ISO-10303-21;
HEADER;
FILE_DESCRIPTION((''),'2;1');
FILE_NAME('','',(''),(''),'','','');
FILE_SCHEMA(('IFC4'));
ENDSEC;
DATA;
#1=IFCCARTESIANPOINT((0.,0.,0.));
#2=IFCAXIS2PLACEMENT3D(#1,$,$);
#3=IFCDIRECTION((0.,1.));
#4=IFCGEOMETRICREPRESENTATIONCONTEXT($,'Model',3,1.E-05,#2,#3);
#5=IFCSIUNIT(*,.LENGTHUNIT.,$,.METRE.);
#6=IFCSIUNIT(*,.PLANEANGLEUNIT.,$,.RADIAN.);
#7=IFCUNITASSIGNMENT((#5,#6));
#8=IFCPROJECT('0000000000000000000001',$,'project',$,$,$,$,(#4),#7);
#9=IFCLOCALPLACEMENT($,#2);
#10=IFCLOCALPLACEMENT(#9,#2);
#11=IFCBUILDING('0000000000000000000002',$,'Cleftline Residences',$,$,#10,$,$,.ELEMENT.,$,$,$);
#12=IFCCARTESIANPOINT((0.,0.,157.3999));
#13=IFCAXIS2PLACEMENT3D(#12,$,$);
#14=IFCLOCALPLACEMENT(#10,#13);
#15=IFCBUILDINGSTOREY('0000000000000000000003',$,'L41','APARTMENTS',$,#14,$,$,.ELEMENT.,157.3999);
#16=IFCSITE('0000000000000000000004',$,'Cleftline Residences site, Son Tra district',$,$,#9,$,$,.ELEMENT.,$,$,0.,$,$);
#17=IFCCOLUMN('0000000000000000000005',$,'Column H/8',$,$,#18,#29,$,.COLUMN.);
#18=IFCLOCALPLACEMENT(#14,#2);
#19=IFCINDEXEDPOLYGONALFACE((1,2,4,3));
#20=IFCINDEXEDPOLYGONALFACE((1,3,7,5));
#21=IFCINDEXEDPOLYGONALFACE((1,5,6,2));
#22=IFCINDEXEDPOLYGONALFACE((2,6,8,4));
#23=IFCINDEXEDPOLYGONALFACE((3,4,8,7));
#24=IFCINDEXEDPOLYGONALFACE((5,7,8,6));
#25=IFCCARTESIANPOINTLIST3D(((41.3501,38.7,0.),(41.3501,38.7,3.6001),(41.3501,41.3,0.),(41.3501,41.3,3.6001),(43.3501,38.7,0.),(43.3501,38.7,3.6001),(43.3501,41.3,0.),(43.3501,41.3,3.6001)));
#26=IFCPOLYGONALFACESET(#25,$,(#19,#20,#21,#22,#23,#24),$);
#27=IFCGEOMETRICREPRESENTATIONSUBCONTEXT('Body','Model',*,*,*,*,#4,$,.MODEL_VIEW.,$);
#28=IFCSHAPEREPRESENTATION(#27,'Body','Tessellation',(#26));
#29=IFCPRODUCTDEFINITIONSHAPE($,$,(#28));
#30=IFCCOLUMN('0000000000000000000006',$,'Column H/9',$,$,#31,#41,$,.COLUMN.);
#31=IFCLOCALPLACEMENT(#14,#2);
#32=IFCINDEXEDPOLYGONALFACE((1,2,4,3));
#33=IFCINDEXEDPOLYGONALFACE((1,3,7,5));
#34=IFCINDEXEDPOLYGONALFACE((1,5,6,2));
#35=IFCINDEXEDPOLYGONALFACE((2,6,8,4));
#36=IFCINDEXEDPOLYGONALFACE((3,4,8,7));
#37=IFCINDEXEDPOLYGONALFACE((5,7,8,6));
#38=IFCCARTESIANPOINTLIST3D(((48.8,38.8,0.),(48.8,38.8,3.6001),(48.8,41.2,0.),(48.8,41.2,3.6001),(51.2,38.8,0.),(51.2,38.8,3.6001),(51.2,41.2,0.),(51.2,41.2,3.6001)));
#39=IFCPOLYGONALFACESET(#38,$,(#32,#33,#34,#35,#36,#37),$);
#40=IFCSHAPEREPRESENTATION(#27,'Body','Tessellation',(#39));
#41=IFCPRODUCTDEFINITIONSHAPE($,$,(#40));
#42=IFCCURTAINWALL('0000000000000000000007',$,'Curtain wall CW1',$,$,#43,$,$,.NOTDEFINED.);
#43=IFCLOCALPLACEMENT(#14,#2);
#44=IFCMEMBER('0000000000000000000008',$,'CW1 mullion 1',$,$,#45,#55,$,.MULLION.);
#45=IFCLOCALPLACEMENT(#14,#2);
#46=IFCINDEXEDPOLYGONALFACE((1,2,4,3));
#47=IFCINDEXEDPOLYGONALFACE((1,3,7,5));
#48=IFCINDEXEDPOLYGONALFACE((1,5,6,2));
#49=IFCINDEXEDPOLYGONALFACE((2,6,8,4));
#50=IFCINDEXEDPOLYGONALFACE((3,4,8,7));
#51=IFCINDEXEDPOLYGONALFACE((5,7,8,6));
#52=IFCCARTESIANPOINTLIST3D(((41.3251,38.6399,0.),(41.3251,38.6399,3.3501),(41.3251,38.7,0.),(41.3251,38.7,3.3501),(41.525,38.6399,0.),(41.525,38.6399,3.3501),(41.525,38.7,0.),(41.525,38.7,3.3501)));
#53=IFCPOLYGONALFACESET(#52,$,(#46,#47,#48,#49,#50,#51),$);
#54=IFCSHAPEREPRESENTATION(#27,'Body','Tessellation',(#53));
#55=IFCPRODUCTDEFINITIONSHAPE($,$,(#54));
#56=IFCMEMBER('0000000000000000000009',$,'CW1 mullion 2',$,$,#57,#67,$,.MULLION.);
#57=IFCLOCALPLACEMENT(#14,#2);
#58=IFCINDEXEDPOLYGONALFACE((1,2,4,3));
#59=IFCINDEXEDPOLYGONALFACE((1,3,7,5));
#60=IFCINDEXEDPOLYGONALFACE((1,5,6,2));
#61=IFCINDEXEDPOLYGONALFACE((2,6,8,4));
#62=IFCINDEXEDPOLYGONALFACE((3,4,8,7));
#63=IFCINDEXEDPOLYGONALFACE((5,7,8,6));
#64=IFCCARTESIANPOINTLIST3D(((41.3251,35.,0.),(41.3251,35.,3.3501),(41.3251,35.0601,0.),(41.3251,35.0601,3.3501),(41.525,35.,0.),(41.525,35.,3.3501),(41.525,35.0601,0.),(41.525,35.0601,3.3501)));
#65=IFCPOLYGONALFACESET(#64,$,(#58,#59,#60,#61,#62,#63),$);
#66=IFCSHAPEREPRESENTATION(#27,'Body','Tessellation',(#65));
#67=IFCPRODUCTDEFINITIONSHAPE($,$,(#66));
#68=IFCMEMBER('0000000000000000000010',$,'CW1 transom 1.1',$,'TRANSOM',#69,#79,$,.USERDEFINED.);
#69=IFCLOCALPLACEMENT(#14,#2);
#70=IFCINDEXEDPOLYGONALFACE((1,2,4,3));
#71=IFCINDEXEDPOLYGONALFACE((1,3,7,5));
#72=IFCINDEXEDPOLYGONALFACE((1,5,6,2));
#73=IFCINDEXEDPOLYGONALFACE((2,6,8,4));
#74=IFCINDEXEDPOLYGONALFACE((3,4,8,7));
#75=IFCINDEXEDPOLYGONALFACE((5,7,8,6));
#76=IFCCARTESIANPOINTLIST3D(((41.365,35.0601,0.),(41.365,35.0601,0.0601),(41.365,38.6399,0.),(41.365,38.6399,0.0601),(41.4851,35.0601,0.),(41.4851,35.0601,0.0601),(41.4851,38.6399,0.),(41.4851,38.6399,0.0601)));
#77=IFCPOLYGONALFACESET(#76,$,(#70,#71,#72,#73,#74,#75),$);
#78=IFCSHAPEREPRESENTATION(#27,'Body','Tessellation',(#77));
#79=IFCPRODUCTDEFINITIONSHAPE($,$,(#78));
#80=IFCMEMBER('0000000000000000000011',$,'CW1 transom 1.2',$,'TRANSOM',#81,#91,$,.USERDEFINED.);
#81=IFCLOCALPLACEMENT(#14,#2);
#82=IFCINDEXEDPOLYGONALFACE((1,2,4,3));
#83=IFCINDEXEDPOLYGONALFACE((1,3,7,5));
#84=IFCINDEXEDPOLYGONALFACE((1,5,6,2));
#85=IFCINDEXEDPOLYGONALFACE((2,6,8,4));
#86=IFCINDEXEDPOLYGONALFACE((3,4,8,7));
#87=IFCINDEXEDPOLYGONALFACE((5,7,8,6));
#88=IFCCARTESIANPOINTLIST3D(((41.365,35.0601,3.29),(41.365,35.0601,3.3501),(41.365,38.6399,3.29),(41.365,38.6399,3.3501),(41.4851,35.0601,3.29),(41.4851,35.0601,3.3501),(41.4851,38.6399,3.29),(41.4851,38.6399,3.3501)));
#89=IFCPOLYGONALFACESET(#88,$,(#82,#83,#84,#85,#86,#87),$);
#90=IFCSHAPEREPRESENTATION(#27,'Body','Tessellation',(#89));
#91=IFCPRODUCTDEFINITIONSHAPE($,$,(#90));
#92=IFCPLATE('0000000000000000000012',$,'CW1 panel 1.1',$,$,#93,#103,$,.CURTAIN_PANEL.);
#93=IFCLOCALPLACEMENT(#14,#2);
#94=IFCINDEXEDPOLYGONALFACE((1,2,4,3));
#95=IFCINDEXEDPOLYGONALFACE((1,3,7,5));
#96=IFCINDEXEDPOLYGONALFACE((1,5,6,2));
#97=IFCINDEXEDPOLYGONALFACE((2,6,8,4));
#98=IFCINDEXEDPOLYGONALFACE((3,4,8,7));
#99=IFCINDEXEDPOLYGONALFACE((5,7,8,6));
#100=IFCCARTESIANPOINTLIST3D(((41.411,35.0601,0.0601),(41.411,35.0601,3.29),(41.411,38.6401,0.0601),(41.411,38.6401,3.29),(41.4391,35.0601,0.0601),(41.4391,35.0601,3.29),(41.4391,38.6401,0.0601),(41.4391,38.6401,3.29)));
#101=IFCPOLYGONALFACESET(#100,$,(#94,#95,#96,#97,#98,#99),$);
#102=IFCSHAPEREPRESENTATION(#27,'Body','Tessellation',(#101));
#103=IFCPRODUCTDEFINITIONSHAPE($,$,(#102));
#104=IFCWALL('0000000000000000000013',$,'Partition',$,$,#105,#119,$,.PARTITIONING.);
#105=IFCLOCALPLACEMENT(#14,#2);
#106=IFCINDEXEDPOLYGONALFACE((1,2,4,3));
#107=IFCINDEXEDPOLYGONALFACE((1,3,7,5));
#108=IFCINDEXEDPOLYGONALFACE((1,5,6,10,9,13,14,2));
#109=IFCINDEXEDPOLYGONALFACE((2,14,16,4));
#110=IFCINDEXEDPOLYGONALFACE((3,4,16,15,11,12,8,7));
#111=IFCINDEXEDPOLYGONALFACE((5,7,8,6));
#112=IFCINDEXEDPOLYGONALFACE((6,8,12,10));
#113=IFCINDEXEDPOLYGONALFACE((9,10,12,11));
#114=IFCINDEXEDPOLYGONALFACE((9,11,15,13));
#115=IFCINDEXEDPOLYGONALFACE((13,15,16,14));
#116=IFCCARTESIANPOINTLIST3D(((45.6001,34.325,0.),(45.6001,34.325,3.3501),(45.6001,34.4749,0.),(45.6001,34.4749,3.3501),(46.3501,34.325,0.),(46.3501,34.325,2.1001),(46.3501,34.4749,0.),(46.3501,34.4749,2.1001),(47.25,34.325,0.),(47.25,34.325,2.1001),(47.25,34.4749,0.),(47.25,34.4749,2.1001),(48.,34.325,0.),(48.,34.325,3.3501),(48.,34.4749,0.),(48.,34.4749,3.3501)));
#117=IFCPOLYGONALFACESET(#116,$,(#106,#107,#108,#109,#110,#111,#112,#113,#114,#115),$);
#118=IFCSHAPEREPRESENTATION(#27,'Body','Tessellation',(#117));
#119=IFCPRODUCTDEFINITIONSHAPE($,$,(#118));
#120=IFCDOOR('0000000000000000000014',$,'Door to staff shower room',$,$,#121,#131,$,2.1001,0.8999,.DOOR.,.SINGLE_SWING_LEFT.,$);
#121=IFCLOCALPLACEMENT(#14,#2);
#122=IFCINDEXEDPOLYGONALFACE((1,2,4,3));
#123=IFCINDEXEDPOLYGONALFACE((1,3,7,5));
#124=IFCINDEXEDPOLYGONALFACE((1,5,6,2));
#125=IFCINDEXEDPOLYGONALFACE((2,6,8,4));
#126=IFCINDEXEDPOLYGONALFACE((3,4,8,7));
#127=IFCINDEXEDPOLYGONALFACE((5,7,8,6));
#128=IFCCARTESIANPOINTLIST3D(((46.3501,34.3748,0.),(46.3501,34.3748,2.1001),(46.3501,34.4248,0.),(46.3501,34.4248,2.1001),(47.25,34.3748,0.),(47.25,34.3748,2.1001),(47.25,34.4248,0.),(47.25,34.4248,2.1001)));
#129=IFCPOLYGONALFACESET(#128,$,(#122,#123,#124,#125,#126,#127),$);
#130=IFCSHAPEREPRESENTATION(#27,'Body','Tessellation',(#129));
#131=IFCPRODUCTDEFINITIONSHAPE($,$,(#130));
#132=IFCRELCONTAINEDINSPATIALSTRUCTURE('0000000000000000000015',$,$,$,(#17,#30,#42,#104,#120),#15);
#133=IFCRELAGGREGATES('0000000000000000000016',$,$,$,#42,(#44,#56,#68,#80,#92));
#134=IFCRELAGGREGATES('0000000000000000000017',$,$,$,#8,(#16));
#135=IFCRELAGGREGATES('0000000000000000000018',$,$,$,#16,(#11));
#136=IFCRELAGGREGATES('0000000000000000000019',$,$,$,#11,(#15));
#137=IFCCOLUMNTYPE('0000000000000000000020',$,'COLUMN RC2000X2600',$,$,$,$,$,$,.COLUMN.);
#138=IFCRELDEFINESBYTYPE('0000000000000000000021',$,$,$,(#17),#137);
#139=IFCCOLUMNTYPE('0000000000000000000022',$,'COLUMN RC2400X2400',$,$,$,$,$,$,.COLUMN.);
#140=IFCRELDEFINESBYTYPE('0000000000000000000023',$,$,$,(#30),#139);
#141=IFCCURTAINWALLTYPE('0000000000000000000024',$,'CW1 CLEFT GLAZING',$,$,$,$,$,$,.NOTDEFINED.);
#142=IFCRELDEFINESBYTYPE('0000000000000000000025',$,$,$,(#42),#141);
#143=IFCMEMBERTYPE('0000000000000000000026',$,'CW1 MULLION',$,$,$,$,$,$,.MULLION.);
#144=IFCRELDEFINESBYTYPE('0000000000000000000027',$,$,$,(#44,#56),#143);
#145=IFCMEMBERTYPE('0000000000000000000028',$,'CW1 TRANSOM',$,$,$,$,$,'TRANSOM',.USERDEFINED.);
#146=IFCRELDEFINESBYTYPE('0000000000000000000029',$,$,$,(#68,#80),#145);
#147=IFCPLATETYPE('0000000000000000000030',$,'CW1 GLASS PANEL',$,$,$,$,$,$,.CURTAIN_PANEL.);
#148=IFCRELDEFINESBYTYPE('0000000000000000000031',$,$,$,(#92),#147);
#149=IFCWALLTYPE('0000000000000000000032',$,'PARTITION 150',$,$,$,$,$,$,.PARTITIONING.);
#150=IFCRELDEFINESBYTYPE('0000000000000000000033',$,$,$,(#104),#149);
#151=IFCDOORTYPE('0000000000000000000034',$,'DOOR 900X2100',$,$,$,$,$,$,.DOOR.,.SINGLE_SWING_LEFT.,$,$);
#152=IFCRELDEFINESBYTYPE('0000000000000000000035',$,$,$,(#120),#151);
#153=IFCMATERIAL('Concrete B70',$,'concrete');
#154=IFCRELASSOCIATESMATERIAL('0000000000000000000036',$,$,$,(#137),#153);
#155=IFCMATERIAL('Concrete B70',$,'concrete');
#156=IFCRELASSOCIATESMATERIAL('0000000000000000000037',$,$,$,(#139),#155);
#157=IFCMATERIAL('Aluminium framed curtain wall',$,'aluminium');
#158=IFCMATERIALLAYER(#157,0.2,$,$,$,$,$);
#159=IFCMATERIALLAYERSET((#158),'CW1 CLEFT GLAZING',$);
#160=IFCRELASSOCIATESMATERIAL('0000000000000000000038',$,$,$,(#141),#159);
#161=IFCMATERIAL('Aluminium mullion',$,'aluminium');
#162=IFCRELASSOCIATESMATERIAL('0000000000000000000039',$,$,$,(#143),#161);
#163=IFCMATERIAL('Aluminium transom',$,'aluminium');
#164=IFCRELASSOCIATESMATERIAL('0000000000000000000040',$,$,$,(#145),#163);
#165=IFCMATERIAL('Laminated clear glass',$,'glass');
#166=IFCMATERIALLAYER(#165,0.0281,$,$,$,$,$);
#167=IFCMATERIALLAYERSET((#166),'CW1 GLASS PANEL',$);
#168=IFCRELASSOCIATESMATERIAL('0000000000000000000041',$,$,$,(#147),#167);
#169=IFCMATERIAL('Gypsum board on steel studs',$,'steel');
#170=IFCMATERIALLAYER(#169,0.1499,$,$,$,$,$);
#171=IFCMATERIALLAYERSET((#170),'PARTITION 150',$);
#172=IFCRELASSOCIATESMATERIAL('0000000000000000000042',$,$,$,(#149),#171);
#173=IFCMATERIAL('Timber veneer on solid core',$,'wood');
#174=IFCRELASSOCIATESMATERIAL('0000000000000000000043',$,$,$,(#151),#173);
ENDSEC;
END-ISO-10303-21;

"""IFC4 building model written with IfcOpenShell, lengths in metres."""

from ifc_helpers import new_model, si_unit, direction, frame, frame_2d, origin, origin_2d, place, context, subcontext, project, spatial, rectangle, extrude, material, layer, layer_set, material_profile, profile_set, type_object, element, fill, aggregate, save


model = new_model("IFC4")

# Units and contexts
model_context = context("Model", 3, precision=1e-05, world=origin(), true_north=direction((0.0, 1.0)))
body_context = subcontext(model_context, "Body", "Model", "MODEL_VIEW")
ifc_project = project(units=[si_unit("LENGTHUNIT", "METRE"), si_unit("PLANEANGLEUNIT", "RADIAN")], contexts=[model_context])

# Site, building, storey
site_placement = place(None, origin())
site = spatial("IfcSite", under=ifc_project, at=site_placement, Name="Cleftline Residences site, Son Tra district", CompositionType="ELEMENT", RefElevation=0.0)
building_placement = place(site_placement, origin())
building = spatial("IfcBuilding", under=site, at=building_placement, Name="Cleftline Residences", CompositionType="ELEMENT")
storey_placement = place(building_placement, frame((0.0, 0.0, 157.3999)))
storey = spatial("IfcBuildingStorey", under=building, at=storey_placement, Name="L41", Description="APARTMENTS", CompositionType="ELEMENT", Elevation=157.3999)

# Columns
ifc_material_1 = material(Name="Concrete B70", Category="concrete")
ifc_material_profile_1 = material_profile(ifc_material_1, rectangle(XDim=2.0, YDim=2.6001, at=origin_2d()))
ifc_profile_set_1 = profile_set([ifc_material_profile_1], Name="Concrete B70")
column_type_1 = type_object("IfcColumnType", Name="COLUMN RC2000X2600", PredefinedType="COLUMN", material=ifc_profile_set_1)
column_1_placement = place(storey_placement, frame((42.3501, 40.0, 0.0), z_axis=(0.0, 0.0, 1.0), x_axis=(1.0, 0.0, 0.0)))
element("IfcColumn", 1, at=column_1_placement, inside=storey, type_object=column_type_1, Name="Column H/8", PredefinedType="COLUMN", context=body_context, shape_type="SweptSolid", body=[
    extrude(rectangle(XDim=2.0, YDim=2.6001, at=origin_2d()), origin(), (0.0, 0.0, 1.0), 3.6001),
])
ifc_material_2 = material(Name="Concrete B70", Category="concrete")
ifc_material_profile_2 = material_profile(ifc_material_2, rectangle(XDim=2.3999, YDim=2.3999, at=origin_2d()))
ifc_profile_set_2 = profile_set([ifc_material_profile_2], Name="Concrete B70")
column_type_2 = type_object("IfcColumnType", Name="COLUMN RC2400X2400", PredefinedType="COLUMN", material=ifc_profile_set_2)
column_2_placement = place(storey_placement, frame((50.0, 40.0, 0.0), z_axis=(0.0, 0.0, 1.0), x_axis=(1.0, 0.0, 0.0)))
element("IfcColumn", 2, at=column_2_placement, inside=storey, type_object=column_type_2, Name="Column H/9", PredefinedType="COLUMN", context=body_context, shape_type="SweptSolid", body=[
    extrude(rectangle(XDim=2.3999, YDim=2.3999, at=origin_2d()), origin(), (0.0, 0.0, 1.0), 3.6001),
])

# Curtain wall, members, plate
ifc_material_3 = material(Name="Aluminium framed curtain wall", Category="aluminium")
ifc_layer_1 = layer(ifc_material_3, 0.2)
ifc_layer_set_1 = layer_set([ifc_layer_1], Name="CW1 CLEFT GLAZING")
curtain_wall_type = type_object("IfcCurtainWallType", Name="CW1 CLEFT GLAZING", PredefinedType="NOTDEFINED", material=ifc_layer_set_1)
curtain_wall_placement = place(storey_placement, origin())
curtain_wall = element("IfcCurtainWall", 3, at=curtain_wall_placement, inside=storey, type_object=curtain_wall_type, Name="Curtain wall CW1", PredefinedType="NOTDEFINED")
ifc_material_4 = material(Name="Aluminium mullion", Category="aluminium")
ifc_material_profile_3 = material_profile(ifc_material_4, rectangle(XDim=0.2, YDim=0.0601, at=origin_2d()))
ifc_profile_set_3 = profile_set([ifc_material_profile_3], Name="Aluminium mullion")
member_type_1 = type_object("IfcMemberType", Name="CW1 MULLION", PredefinedType="MULLION", material=ifc_profile_set_3)
member_1_placement = place(storey_placement, frame((41.425, 38.6699, 0.0), z_axis=(0.0, 0.0, 1.0), x_axis=(1.0, 0.0, 0.0)))
member_1 = element("IfcMember", 4, at=member_1_placement, type_object=member_type_1, Name="CW1 mullion 1", PredefinedType="MULLION", context=body_context, shape_type="SweptSolid", body=[
    extrude(rectangle(XDim=0.2, YDim=0.0601, at=origin_2d()), origin(), (0.0, 0.0, 1.0), 3.3501),
])
member_2_placement = place(storey_placement, frame((41.425, 35.03, 0.0), z_axis=(0.0, 0.0, 1.0), x_axis=(1.0, 0.0, 0.0)))
member_2 = element("IfcMember", 5, at=member_2_placement, type_object=member_type_1, Name="CW1 mullion 2", PredefinedType="MULLION", context=body_context, shape_type="SweptSolid", body=[
    extrude(rectangle(XDim=0.2, YDim=0.0601, at=origin_2d()), origin(), (0.0, 0.0, 1.0), 3.3501),
])
ifc_material_5 = material(Name="Aluminium transom", Category="aluminium")
ifc_material_profile_4 = material_profile(ifc_material_5, rectangle(XDim=0.1201, YDim=0.0601, at=origin_2d()))
ifc_profile_set_4 = profile_set([ifc_material_profile_4], Name="Aluminium transom")
member_type_2 = type_object("IfcMemberType", Name="CW1 TRANSOM", ElementType="TRANSOM", PredefinedType="USERDEFINED", material=ifc_profile_set_4)
member_3_placement = place(storey_placement, frame((41.425, 38.6399, 0.03), z_axis=(0.0, -1.0, 0.0), x_axis=(1.0, 0.0, 0.0)))
member_3 = element("IfcMember", 6, at=member_3_placement, type_object=member_type_2, Name="CW1 transom 1.1", ObjectType="TRANSOM", PredefinedType="USERDEFINED", context=body_context, shape_type="SweptSolid", body=[
    extrude(rectangle(XDim=0.1201, YDim=0.0601, at=origin_2d()), origin(), (0.0, 0.0, 1.0), 3.5798),
])
member_4_placement = place(storey_placement, frame((41.425, 38.6399, 3.3201), z_axis=(0.0, -1.0, 0.0), x_axis=(1.0, 0.0, 0.0)))
member_4 = element("IfcMember", 7, at=member_4_placement, type_object=member_type_2, Name="CW1 transom 1.2", ObjectType="TRANSOM", PredefinedType="USERDEFINED", context=body_context, shape_type="SweptSolid", body=[
    extrude(rectangle(XDim=0.1201, YDim=0.0601, at=origin_2d()), origin(), (0.0, 0.0, 1.0), 3.5798),
])
ifc_material_6 = material(Name="Laminated clear glass", Category="glass")
ifc_layer_2 = layer(ifc_material_6, 0.0281)
ifc_layer_set_2 = layer_set([ifc_layer_2], Name="CW1 GLASS PANEL")
plate_type = type_object("IfcPlateType", Name="CW1 GLASS PANEL", PredefinedType="CURTAIN_PANEL", material=ifc_layer_set_2)
plate_placement = place(storey_placement, frame((41.425, 36.8501, 0.0601), z_axis=(0.0, 0.0, 1.0), x_axis=(0.0, -1.0, 0.0)))
plate = element("IfcPlate", 8, at=plate_placement, type_object=plate_type, Name="CW1 panel 1.1", PredefinedType="CURTAIN_PANEL", context=body_context, shape_type="SweptSolid", body=[
    extrude(rectangle(XDim=3.5801, YDim=0.0281, at=origin_2d()), origin(), (0.0, 0.0, 1.0), 3.23),
])
aggregate(curtain_wall, [member_1, member_2, member_3, member_4, plate])

# Wall, opening, door
ifc_material_7 = material(Name="Gypsum board on steel studs", Category="steel")
ifc_layer_3 = layer(ifc_material_7, 0.1499)
ifc_layer_set_3 = layer_set([ifc_layer_3], Name="PARTITION 150")
wall_type = type_object("IfcWallType", Name="PARTITION 150", PredefinedType="PARTITIONING", material=ifc_layer_set_3)
wall_1_placement = place(storey_placement, frame((45.6001, 34.3999, 0.0), z_axis=(0.0, 0.0, 1.0), x_axis=(1.0, 0.0, 0.0)))
wall_1 = element("IfcWall", 9, at=wall_1_placement, inside=storey, type_object=wall_type, Name="Partition", PredefinedType="PARTITIONING", context=body_context, shape_type="SweptSolid", body=[
    extrude(rectangle(XDim=2.3999, YDim=0.1499, at=frame_2d((1.2, 0.0))), origin(), (0.0, 0.0, 1.0), 3.3501),
])
opening_1_placement = place(wall_1_placement, frame((0.75, 0.0, 0.0)))
opening_1 = element("IfcOpeningElement", 10, at=opening_1_placement, cuts=wall_1, PredefinedType="OPENING", context=body_context, shape_type="SweptSolid", body=[
    extrude(rectangle(XDim=0.8999, YDim=2.1001, at=frame_2d((0.45, 1.05))), frame((0.0, 0.085, 0.0), z_axis=(0.0, -1.0, 0.0), x_axis=(1.0, 0.0, 0.0)), (0.0, 0.0, 1.0), 0.1699),
])
ifc_material_8 = material(Name="Timber veneer on solid core", Category="wood")
door_type_1 = type_object("IfcDoorType", Name="DOOR 900X2100", OperationType="SINGLE_SWING_LEFT", PredefinedType="DOOR", material=ifc_material_8)
door_1_placement = place(opening_1_placement, origin())
door_1 = element("IfcDoor", 11, at=door_1_placement, inside=storey, type_object=door_type_1, Name="Door to staff shower room", OperationType="SINGLE_SWING_LEFT", OverallHeight=2.1001, OverallWidth=0.8999, PredefinedType="DOOR", context=body_context, shape_type="SweptSolid", body=[
    extrude(rectangle(XDim=0.8999, YDim=2.1001, at=frame_2d((0.45, 1.05))), frame((0.0, 0.0249, 0.0), z_axis=(0.0, -1.0, 0.0), x_axis=(1.0, 0.0, 0.0)), (0.0, 0.0, 1.0), 0.05),
])
fill(opening_1, door_1)

save(model, "model.ifc")
